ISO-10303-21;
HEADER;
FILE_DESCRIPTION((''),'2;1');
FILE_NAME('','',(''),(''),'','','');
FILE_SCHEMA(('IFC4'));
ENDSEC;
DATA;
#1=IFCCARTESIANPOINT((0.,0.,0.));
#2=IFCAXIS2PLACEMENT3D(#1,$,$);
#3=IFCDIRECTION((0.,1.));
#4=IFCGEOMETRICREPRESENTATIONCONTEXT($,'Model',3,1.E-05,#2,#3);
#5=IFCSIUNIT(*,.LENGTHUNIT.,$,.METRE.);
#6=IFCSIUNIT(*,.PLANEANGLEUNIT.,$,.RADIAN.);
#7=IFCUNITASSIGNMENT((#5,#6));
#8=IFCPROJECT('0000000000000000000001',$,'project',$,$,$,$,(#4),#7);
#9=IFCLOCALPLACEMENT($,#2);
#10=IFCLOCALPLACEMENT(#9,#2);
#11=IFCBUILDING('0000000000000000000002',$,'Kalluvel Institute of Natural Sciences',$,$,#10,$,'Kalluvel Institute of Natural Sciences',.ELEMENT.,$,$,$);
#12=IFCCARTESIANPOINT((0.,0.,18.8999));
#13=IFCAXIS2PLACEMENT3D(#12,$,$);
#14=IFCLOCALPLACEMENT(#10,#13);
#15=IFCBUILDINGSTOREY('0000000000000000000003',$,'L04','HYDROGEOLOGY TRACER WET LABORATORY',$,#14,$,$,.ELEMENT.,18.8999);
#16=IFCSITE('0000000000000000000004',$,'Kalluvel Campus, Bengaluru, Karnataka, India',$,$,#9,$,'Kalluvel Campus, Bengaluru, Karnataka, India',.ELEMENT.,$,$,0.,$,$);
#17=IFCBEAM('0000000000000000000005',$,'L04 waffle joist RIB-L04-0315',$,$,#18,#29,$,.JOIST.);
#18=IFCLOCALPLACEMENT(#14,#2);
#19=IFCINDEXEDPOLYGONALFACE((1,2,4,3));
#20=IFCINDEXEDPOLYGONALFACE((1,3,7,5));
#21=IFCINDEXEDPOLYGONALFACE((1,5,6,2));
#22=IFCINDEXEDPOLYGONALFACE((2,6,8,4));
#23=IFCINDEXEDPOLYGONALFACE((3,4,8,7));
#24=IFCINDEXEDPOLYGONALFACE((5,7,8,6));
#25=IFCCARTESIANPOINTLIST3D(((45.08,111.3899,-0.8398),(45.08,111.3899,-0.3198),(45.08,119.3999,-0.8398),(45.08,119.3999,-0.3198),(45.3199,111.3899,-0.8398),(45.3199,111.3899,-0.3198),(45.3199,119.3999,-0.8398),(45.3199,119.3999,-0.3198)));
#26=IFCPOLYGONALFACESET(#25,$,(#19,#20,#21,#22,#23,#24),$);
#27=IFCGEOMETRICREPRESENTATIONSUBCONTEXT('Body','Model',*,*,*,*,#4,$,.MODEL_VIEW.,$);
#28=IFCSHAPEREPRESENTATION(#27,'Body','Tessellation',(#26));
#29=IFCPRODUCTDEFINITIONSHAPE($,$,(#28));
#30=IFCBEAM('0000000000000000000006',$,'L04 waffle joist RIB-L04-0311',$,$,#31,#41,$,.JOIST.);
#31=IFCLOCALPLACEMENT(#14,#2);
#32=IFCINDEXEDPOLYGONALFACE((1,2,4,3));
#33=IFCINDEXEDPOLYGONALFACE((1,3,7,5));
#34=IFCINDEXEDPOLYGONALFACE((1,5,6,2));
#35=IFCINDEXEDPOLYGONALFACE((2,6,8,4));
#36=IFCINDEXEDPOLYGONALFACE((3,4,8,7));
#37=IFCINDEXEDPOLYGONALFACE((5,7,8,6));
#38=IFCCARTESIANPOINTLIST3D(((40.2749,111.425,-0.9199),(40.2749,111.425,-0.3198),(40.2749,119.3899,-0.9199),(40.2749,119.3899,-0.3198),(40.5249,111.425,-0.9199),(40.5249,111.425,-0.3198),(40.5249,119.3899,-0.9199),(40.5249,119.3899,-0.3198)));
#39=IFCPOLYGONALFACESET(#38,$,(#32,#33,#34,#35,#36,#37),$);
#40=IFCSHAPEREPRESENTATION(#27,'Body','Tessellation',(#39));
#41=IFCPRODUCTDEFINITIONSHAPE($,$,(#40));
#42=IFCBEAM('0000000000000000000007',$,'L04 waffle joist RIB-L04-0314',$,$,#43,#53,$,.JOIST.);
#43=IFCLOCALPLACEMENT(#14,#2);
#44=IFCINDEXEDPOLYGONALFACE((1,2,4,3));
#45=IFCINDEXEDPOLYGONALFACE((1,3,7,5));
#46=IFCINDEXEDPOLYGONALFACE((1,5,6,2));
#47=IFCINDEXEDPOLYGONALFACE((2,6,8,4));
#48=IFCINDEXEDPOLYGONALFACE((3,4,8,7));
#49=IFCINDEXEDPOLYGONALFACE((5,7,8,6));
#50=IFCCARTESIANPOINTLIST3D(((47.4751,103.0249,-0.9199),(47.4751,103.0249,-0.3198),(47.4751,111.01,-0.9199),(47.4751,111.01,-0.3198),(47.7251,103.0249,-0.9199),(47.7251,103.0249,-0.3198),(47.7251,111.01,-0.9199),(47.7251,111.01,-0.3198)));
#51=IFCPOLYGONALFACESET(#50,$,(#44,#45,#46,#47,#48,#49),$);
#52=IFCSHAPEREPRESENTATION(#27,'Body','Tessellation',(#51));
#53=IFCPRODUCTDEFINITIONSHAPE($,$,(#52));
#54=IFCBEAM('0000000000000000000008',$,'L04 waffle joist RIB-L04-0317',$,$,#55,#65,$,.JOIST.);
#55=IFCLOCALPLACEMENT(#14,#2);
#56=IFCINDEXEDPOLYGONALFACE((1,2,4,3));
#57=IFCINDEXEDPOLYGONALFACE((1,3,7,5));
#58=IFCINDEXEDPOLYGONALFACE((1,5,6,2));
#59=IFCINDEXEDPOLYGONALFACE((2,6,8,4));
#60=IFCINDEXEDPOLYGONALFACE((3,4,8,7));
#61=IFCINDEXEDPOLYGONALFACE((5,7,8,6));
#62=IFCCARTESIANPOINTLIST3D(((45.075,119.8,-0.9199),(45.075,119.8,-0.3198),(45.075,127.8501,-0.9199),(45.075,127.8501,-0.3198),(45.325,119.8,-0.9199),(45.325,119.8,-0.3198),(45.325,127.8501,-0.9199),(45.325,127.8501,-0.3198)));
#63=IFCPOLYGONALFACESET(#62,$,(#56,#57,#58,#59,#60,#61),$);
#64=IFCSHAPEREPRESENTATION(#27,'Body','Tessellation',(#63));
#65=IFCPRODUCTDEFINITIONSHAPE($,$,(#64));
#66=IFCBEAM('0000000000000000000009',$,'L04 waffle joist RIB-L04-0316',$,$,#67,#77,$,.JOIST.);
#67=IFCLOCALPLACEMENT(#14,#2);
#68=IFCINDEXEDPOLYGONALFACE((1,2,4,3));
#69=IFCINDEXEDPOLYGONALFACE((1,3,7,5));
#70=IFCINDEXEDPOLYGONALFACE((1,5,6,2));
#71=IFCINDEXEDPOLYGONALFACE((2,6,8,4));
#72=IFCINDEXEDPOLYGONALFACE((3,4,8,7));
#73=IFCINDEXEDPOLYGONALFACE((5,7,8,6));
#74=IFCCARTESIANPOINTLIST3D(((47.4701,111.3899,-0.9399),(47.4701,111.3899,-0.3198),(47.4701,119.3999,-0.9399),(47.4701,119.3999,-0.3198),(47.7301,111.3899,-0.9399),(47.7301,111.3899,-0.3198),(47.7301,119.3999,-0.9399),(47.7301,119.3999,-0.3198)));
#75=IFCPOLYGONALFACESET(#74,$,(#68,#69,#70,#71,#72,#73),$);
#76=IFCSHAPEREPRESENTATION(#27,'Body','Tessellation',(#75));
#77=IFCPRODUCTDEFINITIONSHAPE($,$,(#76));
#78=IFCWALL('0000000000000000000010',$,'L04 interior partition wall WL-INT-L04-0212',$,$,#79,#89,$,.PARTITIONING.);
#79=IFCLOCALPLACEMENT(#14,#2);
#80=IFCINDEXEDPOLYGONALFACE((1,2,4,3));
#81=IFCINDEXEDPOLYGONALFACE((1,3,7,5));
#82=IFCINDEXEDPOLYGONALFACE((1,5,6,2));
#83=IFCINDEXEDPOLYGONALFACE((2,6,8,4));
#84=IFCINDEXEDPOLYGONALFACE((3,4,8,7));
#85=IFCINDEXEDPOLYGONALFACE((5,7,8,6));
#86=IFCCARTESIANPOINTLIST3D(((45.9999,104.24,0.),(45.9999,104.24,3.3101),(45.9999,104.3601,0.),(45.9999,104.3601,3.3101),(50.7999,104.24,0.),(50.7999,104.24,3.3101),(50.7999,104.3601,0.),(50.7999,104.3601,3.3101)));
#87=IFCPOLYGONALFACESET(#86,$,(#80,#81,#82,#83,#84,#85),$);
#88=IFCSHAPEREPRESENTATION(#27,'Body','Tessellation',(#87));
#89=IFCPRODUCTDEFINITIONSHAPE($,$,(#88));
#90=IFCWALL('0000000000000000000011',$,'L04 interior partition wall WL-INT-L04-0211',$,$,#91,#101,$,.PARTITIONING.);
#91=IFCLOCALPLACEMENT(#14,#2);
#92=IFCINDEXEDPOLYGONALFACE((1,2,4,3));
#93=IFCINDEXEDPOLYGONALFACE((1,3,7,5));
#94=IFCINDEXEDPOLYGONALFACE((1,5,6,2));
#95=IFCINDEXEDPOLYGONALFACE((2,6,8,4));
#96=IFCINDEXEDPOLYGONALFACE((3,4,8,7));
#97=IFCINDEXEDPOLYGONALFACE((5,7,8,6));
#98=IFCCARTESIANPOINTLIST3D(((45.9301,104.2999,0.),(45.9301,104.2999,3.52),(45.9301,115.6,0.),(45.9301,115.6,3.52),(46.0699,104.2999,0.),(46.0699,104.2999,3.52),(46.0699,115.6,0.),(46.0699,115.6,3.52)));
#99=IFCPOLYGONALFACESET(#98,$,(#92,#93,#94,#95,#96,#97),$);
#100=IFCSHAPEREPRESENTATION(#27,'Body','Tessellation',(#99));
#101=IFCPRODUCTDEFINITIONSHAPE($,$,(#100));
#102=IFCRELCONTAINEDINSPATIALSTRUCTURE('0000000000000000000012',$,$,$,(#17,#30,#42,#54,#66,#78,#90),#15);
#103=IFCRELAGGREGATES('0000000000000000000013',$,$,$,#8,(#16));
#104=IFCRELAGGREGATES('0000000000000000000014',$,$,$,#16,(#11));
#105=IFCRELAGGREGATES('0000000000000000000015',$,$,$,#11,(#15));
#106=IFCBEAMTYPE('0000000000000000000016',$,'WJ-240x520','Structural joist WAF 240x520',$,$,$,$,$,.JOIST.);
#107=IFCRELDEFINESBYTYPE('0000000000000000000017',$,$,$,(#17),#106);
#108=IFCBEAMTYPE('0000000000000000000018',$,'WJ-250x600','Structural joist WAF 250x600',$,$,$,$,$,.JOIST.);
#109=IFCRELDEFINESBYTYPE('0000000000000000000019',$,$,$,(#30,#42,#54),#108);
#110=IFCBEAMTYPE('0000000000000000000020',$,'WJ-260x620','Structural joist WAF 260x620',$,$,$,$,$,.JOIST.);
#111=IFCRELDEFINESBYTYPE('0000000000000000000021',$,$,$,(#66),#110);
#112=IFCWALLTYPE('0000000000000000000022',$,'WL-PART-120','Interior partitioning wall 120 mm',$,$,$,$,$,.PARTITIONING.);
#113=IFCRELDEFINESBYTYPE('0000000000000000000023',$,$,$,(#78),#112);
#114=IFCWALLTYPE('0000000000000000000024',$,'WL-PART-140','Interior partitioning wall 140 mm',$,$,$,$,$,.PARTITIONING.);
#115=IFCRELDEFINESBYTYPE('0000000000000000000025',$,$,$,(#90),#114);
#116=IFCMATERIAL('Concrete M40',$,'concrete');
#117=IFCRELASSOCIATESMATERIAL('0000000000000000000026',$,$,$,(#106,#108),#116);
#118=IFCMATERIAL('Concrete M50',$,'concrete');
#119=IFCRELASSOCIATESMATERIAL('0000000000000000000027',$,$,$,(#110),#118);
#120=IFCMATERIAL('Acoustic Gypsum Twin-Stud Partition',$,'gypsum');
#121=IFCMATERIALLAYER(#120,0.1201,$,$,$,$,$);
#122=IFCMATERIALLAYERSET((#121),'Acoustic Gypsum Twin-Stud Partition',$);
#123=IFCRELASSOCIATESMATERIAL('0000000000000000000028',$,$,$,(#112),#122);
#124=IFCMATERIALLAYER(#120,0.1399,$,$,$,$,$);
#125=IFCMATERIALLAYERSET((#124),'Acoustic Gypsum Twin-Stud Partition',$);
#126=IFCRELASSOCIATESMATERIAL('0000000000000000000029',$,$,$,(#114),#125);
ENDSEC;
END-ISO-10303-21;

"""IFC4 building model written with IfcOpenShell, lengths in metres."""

from ifc_helpers import new_model, si_unit, direction, frame, frame_2d, origin, origin_2d, place, context, subcontext, project, spatial, rectangle, extrude, material, layer, layer_set, material_profile, profile_set, type_object, element, save


model = new_model("IFC4")

# Units and contexts
model_context = context("Model", 3, precision=1e-05, world=origin(), true_north=direction((0.0, 1.0)))
body_context = subcontext(model_context, "Body", "Model", "MODEL_VIEW")
ifc_project = project(units=[si_unit("LENGTHUNIT", "METRE"), si_unit("PLANEANGLEUNIT", "RADIAN")], contexts=[model_context])

# Site, building, storey
site_placement = place(None, origin())
site = spatial("IfcSite", under=ifc_project, at=site_placement, Name="Kalluvel Campus, Bengaluru, Karnataka, India", LongName="Kalluvel Campus, Bengaluru, Karnataka, India", CompositionType="ELEMENT", RefElevation=0.0)
building_placement = place(site_placement, origin())
building = spatial("IfcBuilding", under=site, at=building_placement, Name="Kalluvel Institute of Natural Sciences", LongName="Kalluvel Institute of Natural Sciences", CompositionType="ELEMENT")
storey_placement = place(building_placement, frame((0.0, 0.0, 18.8999)))
storey = spatial("IfcBuildingStorey", under=building, at=storey_placement, Name="L04", Description="HYDROGEOLOGY TRACER WET LABORATORY", CompositionType="ELEMENT", Elevation=18.8999)

# Shared definitions
ifc_material_1 = material(Name="Concrete M50", Category="concrete")
ifc_material_2 = material(Name="Concrete M40", Category="concrete")

# Beams
ifc_material_profile_1 = material_profile(ifc_material_2, rectangle(XDim=0.24, YDim=0.52, at=origin_2d()), Name="WAF 240x520")
ifc_profile_set_1 = profile_set([ifc_material_profile_1], Name="Concrete M40")
beam_type_1 = type_object("IfcBeamType", Name="WJ-240x520", Description="Structural joist WAF 240x520", PredefinedType="JOIST", material=ifc_profile_set_1)
beam_1_placement = place(storey_placement, frame((45.2, 111.3899, -0.5798), z_axis=(0.0, 1.0, 0.0), x_axis=(-1.0, 0.0, 0.0)))
element("IfcBeam", 1, at=beam_1_placement, inside=storey, type_object=beam_type_1, Name="L04 waffle joist RIB-L04-0315", PredefinedType="JOIST", context=body_context, shape_type="SweptSolid", body=[
    extrude(rectangle(XDim=0.24, YDim=0.52, at=origin_2d()), origin(), (0.0, 0.0, 1.0), 8.01),
])
ifc_material_profile_2 = material_profile(ifc_material_2, rectangle(XDim=0.25, YDim=0.6001, at=origin_2d()), Name="WAF 250x600")
ifc_profile_set_2 = profile_set([ifc_material_profile_2], Name="Concrete M40")
beam_type_2 = type_object("IfcBeamType", Name="WJ-250x600", Description="Structural joist WAF 250x600", PredefinedType="JOIST", material=ifc_profile_set_2)
beam_2_placement = place(storey_placement, frame((40.3999, 111.425, -0.6199), z_axis=(0.0, 1.0, 0.0), x_axis=(-1.0, 0.0, 0.0)))
element("IfcBeam", 2, at=beam_2_placement, inside=storey, type_object=beam_type_2, Name="L04 waffle joist RIB-L04-0311", PredefinedType="JOIST", context=body_context, shape_type="SweptSolid", body=[
    extrude(rectangle(XDim=0.25, YDim=0.6001, at=origin_2d()), origin(), (0.0, 0.0, 1.0), 7.9648),
])
beam_3_placement = place(storey_placement, frame((47.6001, 103.0249, -0.6199), z_axis=(0.0, 1.0, 0.0), x_axis=(-1.0, 0.0, 0.0)))
element("IfcBeam", 3, at=beam_3_placement, inside=storey, type_object=beam_type_2, Name="L04 waffle joist RIB-L04-0314", PredefinedType="JOIST", context=body_context, shape_type="SweptSolid", body=[
    extrude(rectangle(XDim=0.25, YDim=0.6001, at=origin_2d()), origin(), (0.0, 0.0, 1.0), 7.9851),
])
beam_4_placement = place(storey_placement, frame((45.2, 119.8, -0.6199), z_axis=(0.0, 1.0, 0.0), x_axis=(-1.0, 0.0, 0.0)))
element("IfcBeam", 4, at=beam_4_placement, inside=storey, type_object=beam_type_2, Name="L04 waffle joist RIB-L04-0317", PredefinedType="JOIST", context=body_context, shape_type="SweptSolid", body=[
    extrude(rectangle(XDim=0.25, YDim=0.6001, at=origin_2d()), origin(), (0.0, 0.0, 1.0), 8.05),
])
ifc_material_profile_3 = material_profile(ifc_material_1, rectangle(XDim=0.26, YDim=0.6201, at=origin_2d()), Name="WAF 260x620")
ifc_profile_set_3 = profile_set([ifc_material_profile_3], Name="Concrete M50")
beam_type_3 = type_object("IfcBeamType", Name="WJ-260x620", Description="Structural joist WAF 260x620", PredefinedType="JOIST", material=ifc_profile_set_3)
beam_5_placement = place(storey_placement, frame((47.6001, 111.3899, -0.6299), z_axis=(0.0, 1.0, 0.0), x_axis=(-1.0, 0.0, 0.0)))
element("IfcBeam", 5, at=beam_5_placement, inside=storey, type_object=beam_type_3, Name="L04 waffle joist RIB-L04-0316", PredefinedType="JOIST", context=body_context, shape_type="SweptSolid", body=[
    extrude(rectangle(XDim=0.26, YDim=0.6201, at=origin_2d()), origin(), (0.0, 0.0, 1.0), 8.01),
])

# Walls
ifc_material_3 = material(Name="Acoustic Gypsum Twin-Stud Partition", Category="gypsum")
ifc_layer_1 = layer(ifc_material_3, 0.1201)
ifc_layer_set_1 = layer_set([ifc_layer_1], Name="Acoustic Gypsum Twin-Stud Partition")
wall_type_1 = type_object("IfcWallType", Name="WL-PART-120", Description="Interior partitioning wall 120 mm", PredefinedType="PARTITIONING", material=ifc_layer_set_1)
wall_1_placement = place(storey_placement, frame((46.0, 104.3, 0.0), z_axis=(0.0, 0.0, 1.0), x_axis=(1.0, 0.0, 0.0)))
element("IfcWall", 6, at=wall_1_placement, inside=storey, type_object=wall_type_1, Name="L04 interior partition wall WL-INT-L04-0212", PredefinedType="PARTITIONING", context=body_context, shape_type="SweptSolid", body=[
    extrude(rectangle(XDim=4.8, YDim=0.1201, at=frame_2d((2.3999, 0.0))), origin(), (0.0, 0.0, 1.0), 3.3101),
])
ifc_layer_2 = layer(ifc_material_3, 0.1399)
ifc_layer_set_2 = layer_set([ifc_layer_2], Name="Acoustic Gypsum Twin-Stud Partition")
wall_type_2 = type_object("IfcWallType", Name="WL-PART-140", Description="Interior partitioning wall 140 mm", PredefinedType="PARTITIONING", material=ifc_layer_set_2)
wall_2_placement = place(storey_placement, frame((46.0, 104.3, 0.0), z_axis=(0.0, 0.0, 1.0), x_axis=(0.0, 1.0, 0.0)))
element("IfcWall", 7, at=wall_2_placement, inside=storey, type_object=wall_type_2, Name="L04 interior partition wall WL-INT-L04-0211", PredefinedType="PARTITIONING", context=body_context, shape_type="SweptSolid", body=[
    extrude(rectangle(XDim=11.3, YDim=0.1399, at=frame_2d((5.6499, 0.0))), origin(), (0.0, 0.0, 1.0), 3.52),
])

save(model, "model.ifc")
